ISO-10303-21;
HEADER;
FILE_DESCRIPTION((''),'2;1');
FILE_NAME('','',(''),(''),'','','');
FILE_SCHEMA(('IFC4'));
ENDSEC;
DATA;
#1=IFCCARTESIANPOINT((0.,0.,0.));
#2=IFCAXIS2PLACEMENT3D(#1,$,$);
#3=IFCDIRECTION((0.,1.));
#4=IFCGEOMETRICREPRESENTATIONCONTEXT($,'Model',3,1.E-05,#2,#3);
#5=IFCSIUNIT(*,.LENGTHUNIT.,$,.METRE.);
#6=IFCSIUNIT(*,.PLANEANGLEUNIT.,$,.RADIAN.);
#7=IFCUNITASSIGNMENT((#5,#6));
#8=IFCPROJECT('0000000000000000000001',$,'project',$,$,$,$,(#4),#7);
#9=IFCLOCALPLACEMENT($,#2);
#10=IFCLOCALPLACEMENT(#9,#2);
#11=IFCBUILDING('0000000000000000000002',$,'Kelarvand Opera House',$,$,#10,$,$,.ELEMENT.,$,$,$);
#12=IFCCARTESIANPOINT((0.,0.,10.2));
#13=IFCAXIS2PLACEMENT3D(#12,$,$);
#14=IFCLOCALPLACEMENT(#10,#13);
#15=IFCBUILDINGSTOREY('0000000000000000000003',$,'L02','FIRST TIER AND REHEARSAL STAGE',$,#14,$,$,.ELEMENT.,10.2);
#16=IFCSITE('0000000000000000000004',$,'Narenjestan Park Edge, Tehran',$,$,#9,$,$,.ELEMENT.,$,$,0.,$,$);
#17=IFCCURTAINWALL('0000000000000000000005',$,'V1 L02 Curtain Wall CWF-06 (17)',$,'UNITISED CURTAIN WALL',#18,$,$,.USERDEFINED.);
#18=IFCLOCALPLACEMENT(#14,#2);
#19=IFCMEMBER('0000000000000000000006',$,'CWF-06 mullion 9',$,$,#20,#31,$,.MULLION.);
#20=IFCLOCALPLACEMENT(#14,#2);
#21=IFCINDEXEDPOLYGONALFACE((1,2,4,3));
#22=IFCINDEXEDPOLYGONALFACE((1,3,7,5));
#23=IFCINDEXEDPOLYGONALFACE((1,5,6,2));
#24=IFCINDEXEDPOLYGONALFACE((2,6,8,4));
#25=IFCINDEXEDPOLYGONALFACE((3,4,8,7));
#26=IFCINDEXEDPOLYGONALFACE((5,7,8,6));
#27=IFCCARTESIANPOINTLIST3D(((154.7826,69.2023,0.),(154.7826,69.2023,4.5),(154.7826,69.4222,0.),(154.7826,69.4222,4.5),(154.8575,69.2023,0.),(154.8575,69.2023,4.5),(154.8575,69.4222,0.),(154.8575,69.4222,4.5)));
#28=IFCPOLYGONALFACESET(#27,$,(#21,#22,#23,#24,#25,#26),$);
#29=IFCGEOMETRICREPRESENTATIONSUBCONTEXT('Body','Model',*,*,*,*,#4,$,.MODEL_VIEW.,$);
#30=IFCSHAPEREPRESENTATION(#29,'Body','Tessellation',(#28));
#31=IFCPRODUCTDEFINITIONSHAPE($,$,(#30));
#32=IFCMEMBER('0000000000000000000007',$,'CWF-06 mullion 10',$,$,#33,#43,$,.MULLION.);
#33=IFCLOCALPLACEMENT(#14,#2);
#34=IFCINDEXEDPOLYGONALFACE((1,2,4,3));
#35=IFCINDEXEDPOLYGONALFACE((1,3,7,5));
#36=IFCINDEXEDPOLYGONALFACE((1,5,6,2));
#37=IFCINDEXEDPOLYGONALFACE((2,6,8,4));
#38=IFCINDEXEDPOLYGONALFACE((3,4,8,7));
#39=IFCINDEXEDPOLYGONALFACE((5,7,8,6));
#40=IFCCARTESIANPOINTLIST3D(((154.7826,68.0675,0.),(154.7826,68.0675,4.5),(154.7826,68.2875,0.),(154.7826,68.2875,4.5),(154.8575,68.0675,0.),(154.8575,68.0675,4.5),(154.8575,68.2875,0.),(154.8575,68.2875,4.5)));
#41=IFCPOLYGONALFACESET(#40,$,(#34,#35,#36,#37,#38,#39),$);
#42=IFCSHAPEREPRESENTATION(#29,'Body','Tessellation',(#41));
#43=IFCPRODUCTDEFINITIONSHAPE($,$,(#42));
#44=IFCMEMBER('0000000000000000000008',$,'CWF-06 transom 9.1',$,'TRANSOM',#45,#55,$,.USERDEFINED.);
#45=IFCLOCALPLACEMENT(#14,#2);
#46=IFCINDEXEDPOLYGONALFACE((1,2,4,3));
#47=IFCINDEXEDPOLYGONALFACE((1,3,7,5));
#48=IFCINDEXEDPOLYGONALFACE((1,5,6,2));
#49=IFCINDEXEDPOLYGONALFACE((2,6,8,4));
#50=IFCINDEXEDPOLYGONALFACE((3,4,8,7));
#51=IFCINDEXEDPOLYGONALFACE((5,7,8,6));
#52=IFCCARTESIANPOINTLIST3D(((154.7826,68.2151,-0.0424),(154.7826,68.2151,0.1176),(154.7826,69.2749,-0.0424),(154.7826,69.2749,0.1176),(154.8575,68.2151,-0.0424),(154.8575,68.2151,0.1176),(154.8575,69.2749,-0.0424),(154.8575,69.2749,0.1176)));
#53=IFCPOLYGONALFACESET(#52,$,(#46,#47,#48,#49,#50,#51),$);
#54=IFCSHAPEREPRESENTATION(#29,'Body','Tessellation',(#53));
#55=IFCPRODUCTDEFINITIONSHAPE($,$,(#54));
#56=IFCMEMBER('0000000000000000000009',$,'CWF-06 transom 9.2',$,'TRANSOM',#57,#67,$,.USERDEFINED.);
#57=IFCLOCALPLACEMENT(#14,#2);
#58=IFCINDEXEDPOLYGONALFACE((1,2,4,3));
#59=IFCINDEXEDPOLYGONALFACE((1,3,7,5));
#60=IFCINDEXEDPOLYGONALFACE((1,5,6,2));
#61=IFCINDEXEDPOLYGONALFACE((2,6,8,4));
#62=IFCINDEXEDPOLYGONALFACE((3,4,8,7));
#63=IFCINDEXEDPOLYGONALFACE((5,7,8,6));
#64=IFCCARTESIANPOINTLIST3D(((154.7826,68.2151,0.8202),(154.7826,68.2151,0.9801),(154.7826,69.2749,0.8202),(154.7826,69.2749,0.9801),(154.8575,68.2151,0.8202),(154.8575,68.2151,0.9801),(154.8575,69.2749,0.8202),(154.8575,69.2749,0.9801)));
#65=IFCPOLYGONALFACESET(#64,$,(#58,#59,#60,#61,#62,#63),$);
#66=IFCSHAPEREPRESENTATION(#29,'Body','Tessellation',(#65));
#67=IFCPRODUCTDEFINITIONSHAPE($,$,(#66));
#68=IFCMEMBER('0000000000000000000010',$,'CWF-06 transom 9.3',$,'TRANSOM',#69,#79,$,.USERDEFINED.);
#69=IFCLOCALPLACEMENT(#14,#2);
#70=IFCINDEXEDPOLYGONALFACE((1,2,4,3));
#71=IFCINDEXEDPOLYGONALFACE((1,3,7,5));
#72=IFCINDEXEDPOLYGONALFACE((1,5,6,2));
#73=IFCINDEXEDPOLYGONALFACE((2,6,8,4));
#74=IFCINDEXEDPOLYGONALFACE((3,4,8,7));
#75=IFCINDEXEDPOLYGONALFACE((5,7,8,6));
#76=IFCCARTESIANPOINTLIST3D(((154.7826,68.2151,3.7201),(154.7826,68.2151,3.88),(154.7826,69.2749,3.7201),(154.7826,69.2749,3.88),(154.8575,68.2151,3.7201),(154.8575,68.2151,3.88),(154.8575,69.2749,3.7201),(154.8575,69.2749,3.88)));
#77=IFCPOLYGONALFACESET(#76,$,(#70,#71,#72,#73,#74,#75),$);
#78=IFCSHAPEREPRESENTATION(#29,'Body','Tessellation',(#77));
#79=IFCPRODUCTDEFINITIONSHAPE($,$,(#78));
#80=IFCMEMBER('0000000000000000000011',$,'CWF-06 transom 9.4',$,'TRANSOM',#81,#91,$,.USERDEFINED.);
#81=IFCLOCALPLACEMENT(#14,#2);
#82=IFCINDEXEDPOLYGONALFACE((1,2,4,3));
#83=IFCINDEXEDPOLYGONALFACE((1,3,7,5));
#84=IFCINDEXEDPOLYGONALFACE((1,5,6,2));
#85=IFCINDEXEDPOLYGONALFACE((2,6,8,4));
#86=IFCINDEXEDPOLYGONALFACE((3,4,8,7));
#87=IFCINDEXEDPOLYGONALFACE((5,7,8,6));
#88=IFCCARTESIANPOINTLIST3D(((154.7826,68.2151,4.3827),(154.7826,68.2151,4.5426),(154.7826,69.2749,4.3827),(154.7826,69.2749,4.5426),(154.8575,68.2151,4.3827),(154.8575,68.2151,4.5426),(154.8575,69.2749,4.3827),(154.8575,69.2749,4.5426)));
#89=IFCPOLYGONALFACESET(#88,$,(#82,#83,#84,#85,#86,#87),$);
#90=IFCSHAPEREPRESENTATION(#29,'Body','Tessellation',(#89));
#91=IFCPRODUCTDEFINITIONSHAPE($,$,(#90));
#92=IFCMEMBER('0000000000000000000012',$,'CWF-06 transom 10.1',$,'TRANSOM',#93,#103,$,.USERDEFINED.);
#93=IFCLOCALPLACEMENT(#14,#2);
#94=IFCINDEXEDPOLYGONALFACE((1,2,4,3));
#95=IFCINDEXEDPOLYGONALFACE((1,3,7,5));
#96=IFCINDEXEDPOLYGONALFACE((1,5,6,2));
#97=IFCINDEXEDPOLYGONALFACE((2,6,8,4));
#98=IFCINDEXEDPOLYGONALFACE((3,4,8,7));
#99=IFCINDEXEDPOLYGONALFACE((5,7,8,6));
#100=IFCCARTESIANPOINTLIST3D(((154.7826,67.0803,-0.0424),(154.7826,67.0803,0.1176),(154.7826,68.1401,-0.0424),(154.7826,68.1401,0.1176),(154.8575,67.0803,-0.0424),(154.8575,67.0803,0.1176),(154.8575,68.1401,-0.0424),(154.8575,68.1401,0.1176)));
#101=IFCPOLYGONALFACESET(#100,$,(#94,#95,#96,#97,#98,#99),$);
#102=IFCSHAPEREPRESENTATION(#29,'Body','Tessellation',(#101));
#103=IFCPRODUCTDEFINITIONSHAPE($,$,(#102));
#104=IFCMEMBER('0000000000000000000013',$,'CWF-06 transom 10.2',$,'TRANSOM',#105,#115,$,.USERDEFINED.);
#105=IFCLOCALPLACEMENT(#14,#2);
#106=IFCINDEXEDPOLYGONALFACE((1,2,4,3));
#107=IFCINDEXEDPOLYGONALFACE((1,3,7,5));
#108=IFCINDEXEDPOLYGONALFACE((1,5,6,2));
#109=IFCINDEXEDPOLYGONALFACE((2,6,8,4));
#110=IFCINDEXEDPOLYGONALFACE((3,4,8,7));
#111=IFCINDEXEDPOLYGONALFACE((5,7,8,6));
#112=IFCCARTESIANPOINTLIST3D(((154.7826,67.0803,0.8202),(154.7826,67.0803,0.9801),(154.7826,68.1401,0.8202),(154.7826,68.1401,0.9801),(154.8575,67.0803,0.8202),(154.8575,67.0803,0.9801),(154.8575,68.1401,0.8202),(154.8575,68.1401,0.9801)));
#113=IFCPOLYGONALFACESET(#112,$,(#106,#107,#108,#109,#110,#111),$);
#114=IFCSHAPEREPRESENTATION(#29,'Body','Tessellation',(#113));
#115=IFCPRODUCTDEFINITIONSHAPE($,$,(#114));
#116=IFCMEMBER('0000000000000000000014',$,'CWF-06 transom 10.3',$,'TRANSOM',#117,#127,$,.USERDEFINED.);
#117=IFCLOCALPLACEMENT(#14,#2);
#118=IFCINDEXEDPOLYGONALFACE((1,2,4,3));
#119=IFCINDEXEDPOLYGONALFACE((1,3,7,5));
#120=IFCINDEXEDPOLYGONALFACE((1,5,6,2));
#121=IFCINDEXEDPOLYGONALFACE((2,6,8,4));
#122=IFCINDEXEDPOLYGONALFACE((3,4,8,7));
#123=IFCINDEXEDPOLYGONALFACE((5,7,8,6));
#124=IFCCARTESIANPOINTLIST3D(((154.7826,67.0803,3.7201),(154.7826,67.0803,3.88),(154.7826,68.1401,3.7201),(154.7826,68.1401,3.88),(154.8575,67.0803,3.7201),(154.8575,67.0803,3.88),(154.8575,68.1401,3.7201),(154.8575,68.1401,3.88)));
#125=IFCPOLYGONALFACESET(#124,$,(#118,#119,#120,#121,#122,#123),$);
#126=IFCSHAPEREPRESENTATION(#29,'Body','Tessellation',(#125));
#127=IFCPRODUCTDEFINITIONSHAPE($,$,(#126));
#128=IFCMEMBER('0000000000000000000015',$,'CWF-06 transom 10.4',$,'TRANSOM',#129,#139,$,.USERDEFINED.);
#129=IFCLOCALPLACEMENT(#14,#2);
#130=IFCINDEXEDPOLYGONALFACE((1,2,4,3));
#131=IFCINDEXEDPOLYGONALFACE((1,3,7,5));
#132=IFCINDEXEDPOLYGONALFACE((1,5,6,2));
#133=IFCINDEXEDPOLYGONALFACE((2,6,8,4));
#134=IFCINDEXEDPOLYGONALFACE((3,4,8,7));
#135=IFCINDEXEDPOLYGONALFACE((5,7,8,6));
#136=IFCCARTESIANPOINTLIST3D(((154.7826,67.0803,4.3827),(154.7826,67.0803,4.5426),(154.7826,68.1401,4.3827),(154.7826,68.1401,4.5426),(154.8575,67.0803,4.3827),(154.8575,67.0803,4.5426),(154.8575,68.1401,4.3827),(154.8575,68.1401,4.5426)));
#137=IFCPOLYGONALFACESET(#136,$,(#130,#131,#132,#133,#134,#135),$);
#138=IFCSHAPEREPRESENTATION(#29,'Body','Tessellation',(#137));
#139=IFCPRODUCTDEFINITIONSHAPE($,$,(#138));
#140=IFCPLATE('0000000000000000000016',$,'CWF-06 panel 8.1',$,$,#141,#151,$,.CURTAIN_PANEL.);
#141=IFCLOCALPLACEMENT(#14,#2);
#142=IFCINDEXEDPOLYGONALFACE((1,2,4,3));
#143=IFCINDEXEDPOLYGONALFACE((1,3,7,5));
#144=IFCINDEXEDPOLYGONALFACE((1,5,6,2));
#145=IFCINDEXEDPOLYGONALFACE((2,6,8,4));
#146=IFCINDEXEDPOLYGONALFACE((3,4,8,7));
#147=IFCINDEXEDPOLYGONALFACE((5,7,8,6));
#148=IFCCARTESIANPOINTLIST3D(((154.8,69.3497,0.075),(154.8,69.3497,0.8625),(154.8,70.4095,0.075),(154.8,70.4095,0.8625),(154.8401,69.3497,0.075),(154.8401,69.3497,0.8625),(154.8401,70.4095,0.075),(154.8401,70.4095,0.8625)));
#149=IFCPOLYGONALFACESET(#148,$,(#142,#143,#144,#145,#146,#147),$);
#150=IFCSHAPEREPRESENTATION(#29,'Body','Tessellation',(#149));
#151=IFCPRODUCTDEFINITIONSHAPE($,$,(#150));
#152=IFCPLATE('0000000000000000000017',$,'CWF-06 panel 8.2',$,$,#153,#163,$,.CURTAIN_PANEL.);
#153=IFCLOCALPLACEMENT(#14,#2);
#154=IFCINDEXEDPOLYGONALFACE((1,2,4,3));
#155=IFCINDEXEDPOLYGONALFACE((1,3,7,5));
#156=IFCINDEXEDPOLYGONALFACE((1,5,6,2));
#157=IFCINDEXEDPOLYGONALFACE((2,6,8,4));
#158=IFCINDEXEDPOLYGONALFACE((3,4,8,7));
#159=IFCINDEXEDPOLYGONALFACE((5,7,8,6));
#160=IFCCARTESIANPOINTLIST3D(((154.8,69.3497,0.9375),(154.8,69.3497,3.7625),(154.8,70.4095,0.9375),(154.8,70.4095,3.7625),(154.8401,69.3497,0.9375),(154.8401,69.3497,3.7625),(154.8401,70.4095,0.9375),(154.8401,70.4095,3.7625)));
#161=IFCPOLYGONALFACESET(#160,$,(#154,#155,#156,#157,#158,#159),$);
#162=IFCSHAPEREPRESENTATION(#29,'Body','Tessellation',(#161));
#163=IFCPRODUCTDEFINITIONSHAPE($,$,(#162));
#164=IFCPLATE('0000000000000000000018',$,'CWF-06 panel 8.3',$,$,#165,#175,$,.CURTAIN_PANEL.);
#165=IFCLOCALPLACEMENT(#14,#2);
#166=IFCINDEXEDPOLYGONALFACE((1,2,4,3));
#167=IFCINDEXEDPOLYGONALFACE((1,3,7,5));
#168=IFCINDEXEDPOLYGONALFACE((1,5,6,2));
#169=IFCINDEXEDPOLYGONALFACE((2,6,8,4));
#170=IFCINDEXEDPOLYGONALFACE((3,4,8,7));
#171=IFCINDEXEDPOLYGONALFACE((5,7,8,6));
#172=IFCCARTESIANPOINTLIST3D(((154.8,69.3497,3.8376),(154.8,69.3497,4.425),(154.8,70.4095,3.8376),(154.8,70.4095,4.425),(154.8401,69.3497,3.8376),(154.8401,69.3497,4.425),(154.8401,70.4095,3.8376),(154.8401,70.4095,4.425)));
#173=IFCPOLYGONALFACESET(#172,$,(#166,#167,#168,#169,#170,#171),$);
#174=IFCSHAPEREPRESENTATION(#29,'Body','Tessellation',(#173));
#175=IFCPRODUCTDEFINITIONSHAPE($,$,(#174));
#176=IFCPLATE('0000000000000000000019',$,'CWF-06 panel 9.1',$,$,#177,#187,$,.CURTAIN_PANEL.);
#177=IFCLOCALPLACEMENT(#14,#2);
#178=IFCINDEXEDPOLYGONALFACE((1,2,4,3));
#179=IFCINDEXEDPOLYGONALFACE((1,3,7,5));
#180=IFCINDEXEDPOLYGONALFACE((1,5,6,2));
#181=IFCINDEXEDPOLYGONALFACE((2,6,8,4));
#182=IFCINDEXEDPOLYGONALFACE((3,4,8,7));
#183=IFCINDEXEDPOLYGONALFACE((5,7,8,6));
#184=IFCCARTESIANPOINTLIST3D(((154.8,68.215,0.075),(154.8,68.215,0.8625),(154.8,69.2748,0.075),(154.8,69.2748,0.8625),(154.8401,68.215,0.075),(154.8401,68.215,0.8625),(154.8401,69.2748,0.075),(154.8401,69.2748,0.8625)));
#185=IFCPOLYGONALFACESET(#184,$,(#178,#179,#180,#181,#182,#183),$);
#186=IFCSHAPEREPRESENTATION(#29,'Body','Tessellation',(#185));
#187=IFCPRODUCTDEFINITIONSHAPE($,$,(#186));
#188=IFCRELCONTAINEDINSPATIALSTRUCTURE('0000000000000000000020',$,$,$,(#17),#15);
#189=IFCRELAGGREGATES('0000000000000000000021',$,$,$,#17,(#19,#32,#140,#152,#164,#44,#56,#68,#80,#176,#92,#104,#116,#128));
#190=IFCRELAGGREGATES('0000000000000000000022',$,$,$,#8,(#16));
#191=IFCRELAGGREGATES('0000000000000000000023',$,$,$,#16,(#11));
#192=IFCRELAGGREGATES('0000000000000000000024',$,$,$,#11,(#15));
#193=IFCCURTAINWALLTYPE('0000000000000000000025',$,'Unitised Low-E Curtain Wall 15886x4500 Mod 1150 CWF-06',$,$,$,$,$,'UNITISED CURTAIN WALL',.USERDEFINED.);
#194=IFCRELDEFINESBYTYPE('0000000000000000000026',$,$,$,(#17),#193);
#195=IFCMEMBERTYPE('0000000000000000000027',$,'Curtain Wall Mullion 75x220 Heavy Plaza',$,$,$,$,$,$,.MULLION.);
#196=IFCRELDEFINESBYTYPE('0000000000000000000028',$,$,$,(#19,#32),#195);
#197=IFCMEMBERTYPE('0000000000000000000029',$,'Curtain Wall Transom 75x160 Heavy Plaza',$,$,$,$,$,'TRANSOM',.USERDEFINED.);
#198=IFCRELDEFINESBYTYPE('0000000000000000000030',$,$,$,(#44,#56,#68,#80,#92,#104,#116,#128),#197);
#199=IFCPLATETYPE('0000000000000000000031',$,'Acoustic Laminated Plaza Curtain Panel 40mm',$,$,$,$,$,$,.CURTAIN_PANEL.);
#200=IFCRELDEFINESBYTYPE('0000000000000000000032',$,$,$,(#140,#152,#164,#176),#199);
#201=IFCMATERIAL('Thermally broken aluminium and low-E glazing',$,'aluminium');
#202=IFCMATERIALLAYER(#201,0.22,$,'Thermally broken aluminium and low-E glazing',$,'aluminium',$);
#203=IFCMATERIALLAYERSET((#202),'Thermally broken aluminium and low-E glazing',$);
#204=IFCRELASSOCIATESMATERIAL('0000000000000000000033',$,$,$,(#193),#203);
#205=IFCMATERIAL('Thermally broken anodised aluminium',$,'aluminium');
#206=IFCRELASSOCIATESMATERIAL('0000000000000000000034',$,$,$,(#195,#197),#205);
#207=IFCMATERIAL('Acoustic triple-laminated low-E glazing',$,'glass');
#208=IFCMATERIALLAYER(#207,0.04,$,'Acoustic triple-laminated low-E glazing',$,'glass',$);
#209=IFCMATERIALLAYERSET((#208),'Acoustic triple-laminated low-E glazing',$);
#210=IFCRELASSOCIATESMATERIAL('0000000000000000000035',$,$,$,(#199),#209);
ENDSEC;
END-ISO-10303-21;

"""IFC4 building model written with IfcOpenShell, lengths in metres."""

from ifc_helpers import new_model, si_unit, direction, frame, origin, origin_2d, place, context, subcontext, project, spatial, rectangle, extrude, material, layer, layer_set, material_profile, profile_set, type_object, element, aggregate, save


model = new_model("IFC4")

# Units and contexts
model_context = context("Model", 3, precision=1e-05, world=origin(), true_north=direction((0.0, 1.0)))
body_context = subcontext(model_context, "Body", "Model", "MODEL_VIEW")
ifc_project = project(units=[si_unit("LENGTHUNIT", "METRE"), si_unit("PLANEANGLEUNIT", "RADIAN")], contexts=[model_context])

# Site, building, storey
site_placement = place(None, origin())
site = spatial("IfcSite", under=ifc_project, at=site_placement, Name="Narenjestan Park Edge, Tehran", CompositionType="ELEMENT", RefElevation=0.0)
building_placement = place(site_placement, origin())
building = spatial("IfcBuilding", under=site, at=building_placement, Name="Kelarvand Opera House", CompositionType="ELEMENT")
storey_placement = place(building_placement, frame((0.0, 0.0, 10.2)))
storey = spatial("IfcBuildingStorey", under=building, at=storey_placement, Name="L02", Description="FIRST TIER AND REHEARSAL STAGE", CompositionType="ELEMENT", Elevation=10.2)

# Curtain wall, members, plates
ifc_material_1 = material(Name="Thermally broken aluminium and low-E glazing", Category="aluminium")
ifc_layer_1 = layer(ifc_material_1, 0.22, Name="Thermally broken aluminium and low-E glazing", Category="aluminium")
ifc_layer_set_1 = layer_set([ifc_layer_1], Name="Thermally broken aluminium and low-E glazing")
curtain_wall_type = type_object("IfcCurtainWallType", Name="Unitised Low-E Curtain Wall 15886x4500 Mod 1150 CWF-06", ElementType="UNITISED CURTAIN WALL", PredefinedType="USERDEFINED", material=ifc_layer_set_1)
curtain_wall_placement = place(storey_placement, origin())
curtain_wall = element("IfcCurtainWall", 1, at=curtain_wall_placement, inside=storey, type_object=curtain_wall_type, Name="V1 L02 Curtain Wall CWF-06 (17)", ObjectType="UNITISED CURTAIN WALL", PredefinedType="USERDEFINED")
ifc_material_2 = material(Name="Thermally broken anodised aluminium", Category="aluminium")
ifc_material_profile_1 = material_profile(ifc_material_2, rectangle(XDim=0.075, YDim=0.22, at=origin_2d()), Name="ALU MULLION 75x220", Category="aluminium")
ifc_profile_set_1 = profile_set([ifc_material_profile_1], Name="Thermally broken anodised aluminium")
member_type_1 = type_object("IfcMemberType", Name="Curtain Wall Mullion 75x220 Heavy Plaza", PredefinedType="MULLION", material=ifc_profile_set_1)
member_1_placement = place(storey_placement, frame((154.8201, 69.3123, 0.0), z_axis=(0.0, 0.0, 1.0), x_axis=(1.0, 0.0, 0.0)))
member_1 = element("IfcMember", 2, at=member_1_placement, type_object=member_type_1, Name="CWF-06 mullion 9", PredefinedType="MULLION", context=body_context, shape_type="SweptSolid", body=[
    extrude(rectangle(XDim=0.075, YDim=0.22, at=origin_2d()), origin(), (0.0, 0.0, 1.0), 4.5),
])
member_2_placement = place(storey_placement, frame((154.8201, 68.1775, 0.0), z_axis=(0.0, 0.0, 1.0), x_axis=(1.0, 0.0, 0.0)))
member_2 = element("IfcMember", 3, at=member_2_placement, type_object=member_type_1, Name="CWF-06 mullion 10", PredefinedType="MULLION", context=body_context, shape_type="SweptSolid", body=[
    extrude(rectangle(XDim=0.075, YDim=0.22, at=origin_2d()), origin(), (0.0, 0.0, 1.0), 4.5),
])
ifc_material_profile_2 = material_profile(ifc_material_2, rectangle(XDim=0.075, YDim=0.1599, at=origin_2d()), Name="ALU TRANSOM 75x160", Category="aluminium")
ifc_profile_set_2 = profile_set([ifc_material_profile_2], Name="Thermally broken anodised aluminium")
member_type_2 = type_object("IfcMemberType", Name="Curtain Wall Transom 75x160 Heavy Plaza", ElementType="TRANSOM", PredefinedType="USERDEFINED", material=ifc_profile_set_2)
member_3_placement = place(storey_placement, frame((154.8201, 69.2749, 0.0376), z_axis=(0.0, -1.0, 0.0), x_axis=(1.0, 0.0, 0.0)))
member_3 = element("IfcMember", 4, at=member_3_placement, type_object=member_type_2, Name="CWF-06 transom 9.1", ObjectType="TRANSOM", PredefinedType="USERDEFINED", context=body_context, shape_type="SweptSolid", body=[
    extrude(rectangle(XDim=0.075, YDim=0.1599, at=origin_2d()), origin(), (0.0, 0.0, 1.0), 1.0598),
])
member_4_placement = place(storey_placement, frame((154.8201, 69.2749, 0.9001), z_axis=(0.0, -1.0, 0.0), x_axis=(1.0, 0.0, 0.0)))
member_4 = element("IfcMember", 5, at=member_4_placement, type_object=member_type_2, Name="CWF-06 transom 9.2", ObjectType="TRANSOM", PredefinedType="USERDEFINED", context=body_context, shape_type="SweptSolid", body=[
    extrude(rectangle(XDim=0.075, YDim=0.1599, at=origin_2d()), origin(), (0.0, 0.0, 1.0), 1.0598),
])
member_5_placement = place(storey_placement, frame((154.8201, 69.2749, 3.8), z_axis=(0.0, -1.0, 0.0), x_axis=(1.0, 0.0, 0.0)))
member_5 = element("IfcMember", 6, at=member_5_placement, type_object=member_type_2, Name="CWF-06 transom 9.3", ObjectType="TRANSOM", PredefinedType="USERDEFINED", context=body_context, shape_type="SweptSolid", body=[
    extrude(rectangle(XDim=0.075, YDim=0.1599, at=origin_2d()), origin(), (0.0, 0.0, 1.0), 1.0598),
])
member_6_placement = place(storey_placement, frame((154.8201, 69.2749, 4.4626), z_axis=(0.0, -1.0, 0.0), x_axis=(1.0, 0.0, 0.0)))
member_6 = element("IfcMember", 7, at=member_6_placement, type_object=member_type_2, Name="CWF-06 transom 9.4", ObjectType="TRANSOM", PredefinedType="USERDEFINED", context=body_context, shape_type="SweptSolid", body=[
    extrude(rectangle(XDim=0.075, YDim=0.1599, at=origin_2d()), origin(), (0.0, 0.0, 1.0), 1.0598),
])
member_7_placement = place(storey_placement, frame((154.8201, 68.1401, 0.0376), z_axis=(0.0, -1.0, 0.0), x_axis=(1.0, 0.0, 0.0)))
member_7 = element("IfcMember", 8, at=member_7_placement, type_object=member_type_2, Name="CWF-06 transom 10.1", ObjectType="TRANSOM", PredefinedType="USERDEFINED", context=body_context, shape_type="SweptSolid", body=[
    extrude(rectangle(XDim=0.075, YDim=0.1599, at=origin_2d()), origin(), (0.0, 0.0, 1.0), 1.0598),
])
member_8_placement = place(storey_placement, frame((154.8201, 68.1401, 0.9001), z_axis=(0.0, -1.0, 0.0), x_axis=(1.0, 0.0, 0.0)))
member_8 = element("IfcMember", 9, at=member_8_placement, type_object=member_type_2, Name="CWF-06 transom 10.2", ObjectType="TRANSOM", PredefinedType="USERDEFINED", context=body_context, shape_type="SweptSolid", body=[
    extrude(rectangle(XDim=0.075, YDim=0.1599, at=origin_2d()), origin(), (0.0, 0.0, 1.0), 1.0598),
])
member_9_placement = place(storey_placement, frame((154.8201, 68.1401, 3.8), z_axis=(0.0, -1.0, 0.0), x_axis=(1.0, 0.0, 0.0)))
member_9 = element("IfcMember", 10, at=member_9_placement, type_object=member_type_2, Name="CWF-06 transom 10.3", ObjectType="TRANSOM", PredefinedType="USERDEFINED", context=body_context, shape_type="SweptSolid", body=[
    extrude(rectangle(XDim=0.075, YDim=0.1599, at=origin_2d()), origin(), (0.0, 0.0, 1.0), 1.0598),
])
member_10_placement = place(storey_placement, frame((154.8201, 68.1401, 4.4626), z_axis=(0.0, -1.0, 0.0), x_axis=(1.0, 0.0, 0.0)))
member_10 = element("IfcMember", 11, at=member_10_placement, type_object=member_type_2, Name="CWF-06 transom 10.4", ObjectType="TRANSOM", PredefinedType="USERDEFINED", context=body_context, shape_type="SweptSolid", body=[
    extrude(rectangle(XDim=0.075, YDim=0.1599, at=origin_2d()), origin(), (0.0, 0.0, 1.0), 1.0598),
])
ifc_material_3 = material(Name="Acoustic triple-laminated low-E glazing", Category="glass")
ifc_layer_2 = layer(ifc_material_3, 0.04, Name="Acoustic triple-laminated low-E glazing", Category="glass")
ifc_layer_set_2 = layer_set([ifc_layer_2], Name="Acoustic triple-laminated low-E glazing")
plate_type = type_object("IfcPlateType", Name="Acoustic Laminated Plaza Curtain Panel 40mm", PredefinedType="CURTAIN_PANEL", material=ifc_layer_set_2)
plate_1_placement = place(storey_placement, frame((154.8201, 69.8796, 0.075), z_axis=(0.0, 0.0, 1.0), x_axis=(0.0, -1.0, 0.0)))
plate_1 = element("IfcPlate", 12, at=plate_1_placement, type_object=plate_type, Name="CWF-06 panel 8.1", PredefinedType="CURTAIN_PANEL", context=body_context, shape_type="SweptSolid", body=[
    extrude(rectangle(XDim=1.0598, YDim=0.04, at=origin_2d()), origin(), (0.0, 0.0, 1.0), 0.7876),
])
plate_2_placement = place(storey_placement, frame((154.8201, 69.8796, 0.9375), z_axis=(0.0, 0.0, 1.0), x_axis=(0.0, -1.0, 0.0)))
plate_2 = element("IfcPlate", 13, at=plate_2_placement, type_object=plate_type, Name="CWF-06 panel 8.2", PredefinedType="CURTAIN_PANEL", context=body_context, shape_type="SweptSolid", body=[
    extrude(rectangle(XDim=1.0598, YDim=0.04, at=origin_2d()), origin(), (0.0, 0.0, 1.0), 2.825),
])
plate_3_placement = place(storey_placement, frame((154.8201, 69.8796, 3.8376), z_axis=(0.0, 0.0, 1.0), x_axis=(0.0, -1.0, 0.0)))
plate_3 = element("IfcPlate", 14, at=plate_3_placement, type_object=plate_type, Name="CWF-06 panel 8.3", PredefinedType="CURTAIN_PANEL", context=body_context, shape_type="SweptSolid", body=[
    extrude(rectangle(XDim=1.0598, YDim=0.04, at=origin_2d()), origin(), (0.0, 0.0, 1.0), 0.5874),
])
plate_4_placement = place(storey_placement, frame((154.8201, 68.7449, 0.075), z_axis=(0.0, 0.0, 1.0), x_axis=(0.0, -1.0, 0.0)))
plate_4 = element("IfcPlate", 15, at=plate_4_placement, type_object=plate_type, Name="CWF-06 panel 9.1", PredefinedType="CURTAIN_PANEL", context=body_context, shape_type="SweptSolid", body=[
    extrude(rectangle(XDim=1.0598, YDim=0.04, at=origin_2d()), origin(), (0.0, 0.0, 1.0), 0.7876),
])
aggregate(curtain_wall, [member_1, member_2, plate_1, plate_2, plate_3, member_3, member_4, member_5, member_6, plate_4, member_7, member_8, member_9, member_10])

save(model, "model.ifc")
